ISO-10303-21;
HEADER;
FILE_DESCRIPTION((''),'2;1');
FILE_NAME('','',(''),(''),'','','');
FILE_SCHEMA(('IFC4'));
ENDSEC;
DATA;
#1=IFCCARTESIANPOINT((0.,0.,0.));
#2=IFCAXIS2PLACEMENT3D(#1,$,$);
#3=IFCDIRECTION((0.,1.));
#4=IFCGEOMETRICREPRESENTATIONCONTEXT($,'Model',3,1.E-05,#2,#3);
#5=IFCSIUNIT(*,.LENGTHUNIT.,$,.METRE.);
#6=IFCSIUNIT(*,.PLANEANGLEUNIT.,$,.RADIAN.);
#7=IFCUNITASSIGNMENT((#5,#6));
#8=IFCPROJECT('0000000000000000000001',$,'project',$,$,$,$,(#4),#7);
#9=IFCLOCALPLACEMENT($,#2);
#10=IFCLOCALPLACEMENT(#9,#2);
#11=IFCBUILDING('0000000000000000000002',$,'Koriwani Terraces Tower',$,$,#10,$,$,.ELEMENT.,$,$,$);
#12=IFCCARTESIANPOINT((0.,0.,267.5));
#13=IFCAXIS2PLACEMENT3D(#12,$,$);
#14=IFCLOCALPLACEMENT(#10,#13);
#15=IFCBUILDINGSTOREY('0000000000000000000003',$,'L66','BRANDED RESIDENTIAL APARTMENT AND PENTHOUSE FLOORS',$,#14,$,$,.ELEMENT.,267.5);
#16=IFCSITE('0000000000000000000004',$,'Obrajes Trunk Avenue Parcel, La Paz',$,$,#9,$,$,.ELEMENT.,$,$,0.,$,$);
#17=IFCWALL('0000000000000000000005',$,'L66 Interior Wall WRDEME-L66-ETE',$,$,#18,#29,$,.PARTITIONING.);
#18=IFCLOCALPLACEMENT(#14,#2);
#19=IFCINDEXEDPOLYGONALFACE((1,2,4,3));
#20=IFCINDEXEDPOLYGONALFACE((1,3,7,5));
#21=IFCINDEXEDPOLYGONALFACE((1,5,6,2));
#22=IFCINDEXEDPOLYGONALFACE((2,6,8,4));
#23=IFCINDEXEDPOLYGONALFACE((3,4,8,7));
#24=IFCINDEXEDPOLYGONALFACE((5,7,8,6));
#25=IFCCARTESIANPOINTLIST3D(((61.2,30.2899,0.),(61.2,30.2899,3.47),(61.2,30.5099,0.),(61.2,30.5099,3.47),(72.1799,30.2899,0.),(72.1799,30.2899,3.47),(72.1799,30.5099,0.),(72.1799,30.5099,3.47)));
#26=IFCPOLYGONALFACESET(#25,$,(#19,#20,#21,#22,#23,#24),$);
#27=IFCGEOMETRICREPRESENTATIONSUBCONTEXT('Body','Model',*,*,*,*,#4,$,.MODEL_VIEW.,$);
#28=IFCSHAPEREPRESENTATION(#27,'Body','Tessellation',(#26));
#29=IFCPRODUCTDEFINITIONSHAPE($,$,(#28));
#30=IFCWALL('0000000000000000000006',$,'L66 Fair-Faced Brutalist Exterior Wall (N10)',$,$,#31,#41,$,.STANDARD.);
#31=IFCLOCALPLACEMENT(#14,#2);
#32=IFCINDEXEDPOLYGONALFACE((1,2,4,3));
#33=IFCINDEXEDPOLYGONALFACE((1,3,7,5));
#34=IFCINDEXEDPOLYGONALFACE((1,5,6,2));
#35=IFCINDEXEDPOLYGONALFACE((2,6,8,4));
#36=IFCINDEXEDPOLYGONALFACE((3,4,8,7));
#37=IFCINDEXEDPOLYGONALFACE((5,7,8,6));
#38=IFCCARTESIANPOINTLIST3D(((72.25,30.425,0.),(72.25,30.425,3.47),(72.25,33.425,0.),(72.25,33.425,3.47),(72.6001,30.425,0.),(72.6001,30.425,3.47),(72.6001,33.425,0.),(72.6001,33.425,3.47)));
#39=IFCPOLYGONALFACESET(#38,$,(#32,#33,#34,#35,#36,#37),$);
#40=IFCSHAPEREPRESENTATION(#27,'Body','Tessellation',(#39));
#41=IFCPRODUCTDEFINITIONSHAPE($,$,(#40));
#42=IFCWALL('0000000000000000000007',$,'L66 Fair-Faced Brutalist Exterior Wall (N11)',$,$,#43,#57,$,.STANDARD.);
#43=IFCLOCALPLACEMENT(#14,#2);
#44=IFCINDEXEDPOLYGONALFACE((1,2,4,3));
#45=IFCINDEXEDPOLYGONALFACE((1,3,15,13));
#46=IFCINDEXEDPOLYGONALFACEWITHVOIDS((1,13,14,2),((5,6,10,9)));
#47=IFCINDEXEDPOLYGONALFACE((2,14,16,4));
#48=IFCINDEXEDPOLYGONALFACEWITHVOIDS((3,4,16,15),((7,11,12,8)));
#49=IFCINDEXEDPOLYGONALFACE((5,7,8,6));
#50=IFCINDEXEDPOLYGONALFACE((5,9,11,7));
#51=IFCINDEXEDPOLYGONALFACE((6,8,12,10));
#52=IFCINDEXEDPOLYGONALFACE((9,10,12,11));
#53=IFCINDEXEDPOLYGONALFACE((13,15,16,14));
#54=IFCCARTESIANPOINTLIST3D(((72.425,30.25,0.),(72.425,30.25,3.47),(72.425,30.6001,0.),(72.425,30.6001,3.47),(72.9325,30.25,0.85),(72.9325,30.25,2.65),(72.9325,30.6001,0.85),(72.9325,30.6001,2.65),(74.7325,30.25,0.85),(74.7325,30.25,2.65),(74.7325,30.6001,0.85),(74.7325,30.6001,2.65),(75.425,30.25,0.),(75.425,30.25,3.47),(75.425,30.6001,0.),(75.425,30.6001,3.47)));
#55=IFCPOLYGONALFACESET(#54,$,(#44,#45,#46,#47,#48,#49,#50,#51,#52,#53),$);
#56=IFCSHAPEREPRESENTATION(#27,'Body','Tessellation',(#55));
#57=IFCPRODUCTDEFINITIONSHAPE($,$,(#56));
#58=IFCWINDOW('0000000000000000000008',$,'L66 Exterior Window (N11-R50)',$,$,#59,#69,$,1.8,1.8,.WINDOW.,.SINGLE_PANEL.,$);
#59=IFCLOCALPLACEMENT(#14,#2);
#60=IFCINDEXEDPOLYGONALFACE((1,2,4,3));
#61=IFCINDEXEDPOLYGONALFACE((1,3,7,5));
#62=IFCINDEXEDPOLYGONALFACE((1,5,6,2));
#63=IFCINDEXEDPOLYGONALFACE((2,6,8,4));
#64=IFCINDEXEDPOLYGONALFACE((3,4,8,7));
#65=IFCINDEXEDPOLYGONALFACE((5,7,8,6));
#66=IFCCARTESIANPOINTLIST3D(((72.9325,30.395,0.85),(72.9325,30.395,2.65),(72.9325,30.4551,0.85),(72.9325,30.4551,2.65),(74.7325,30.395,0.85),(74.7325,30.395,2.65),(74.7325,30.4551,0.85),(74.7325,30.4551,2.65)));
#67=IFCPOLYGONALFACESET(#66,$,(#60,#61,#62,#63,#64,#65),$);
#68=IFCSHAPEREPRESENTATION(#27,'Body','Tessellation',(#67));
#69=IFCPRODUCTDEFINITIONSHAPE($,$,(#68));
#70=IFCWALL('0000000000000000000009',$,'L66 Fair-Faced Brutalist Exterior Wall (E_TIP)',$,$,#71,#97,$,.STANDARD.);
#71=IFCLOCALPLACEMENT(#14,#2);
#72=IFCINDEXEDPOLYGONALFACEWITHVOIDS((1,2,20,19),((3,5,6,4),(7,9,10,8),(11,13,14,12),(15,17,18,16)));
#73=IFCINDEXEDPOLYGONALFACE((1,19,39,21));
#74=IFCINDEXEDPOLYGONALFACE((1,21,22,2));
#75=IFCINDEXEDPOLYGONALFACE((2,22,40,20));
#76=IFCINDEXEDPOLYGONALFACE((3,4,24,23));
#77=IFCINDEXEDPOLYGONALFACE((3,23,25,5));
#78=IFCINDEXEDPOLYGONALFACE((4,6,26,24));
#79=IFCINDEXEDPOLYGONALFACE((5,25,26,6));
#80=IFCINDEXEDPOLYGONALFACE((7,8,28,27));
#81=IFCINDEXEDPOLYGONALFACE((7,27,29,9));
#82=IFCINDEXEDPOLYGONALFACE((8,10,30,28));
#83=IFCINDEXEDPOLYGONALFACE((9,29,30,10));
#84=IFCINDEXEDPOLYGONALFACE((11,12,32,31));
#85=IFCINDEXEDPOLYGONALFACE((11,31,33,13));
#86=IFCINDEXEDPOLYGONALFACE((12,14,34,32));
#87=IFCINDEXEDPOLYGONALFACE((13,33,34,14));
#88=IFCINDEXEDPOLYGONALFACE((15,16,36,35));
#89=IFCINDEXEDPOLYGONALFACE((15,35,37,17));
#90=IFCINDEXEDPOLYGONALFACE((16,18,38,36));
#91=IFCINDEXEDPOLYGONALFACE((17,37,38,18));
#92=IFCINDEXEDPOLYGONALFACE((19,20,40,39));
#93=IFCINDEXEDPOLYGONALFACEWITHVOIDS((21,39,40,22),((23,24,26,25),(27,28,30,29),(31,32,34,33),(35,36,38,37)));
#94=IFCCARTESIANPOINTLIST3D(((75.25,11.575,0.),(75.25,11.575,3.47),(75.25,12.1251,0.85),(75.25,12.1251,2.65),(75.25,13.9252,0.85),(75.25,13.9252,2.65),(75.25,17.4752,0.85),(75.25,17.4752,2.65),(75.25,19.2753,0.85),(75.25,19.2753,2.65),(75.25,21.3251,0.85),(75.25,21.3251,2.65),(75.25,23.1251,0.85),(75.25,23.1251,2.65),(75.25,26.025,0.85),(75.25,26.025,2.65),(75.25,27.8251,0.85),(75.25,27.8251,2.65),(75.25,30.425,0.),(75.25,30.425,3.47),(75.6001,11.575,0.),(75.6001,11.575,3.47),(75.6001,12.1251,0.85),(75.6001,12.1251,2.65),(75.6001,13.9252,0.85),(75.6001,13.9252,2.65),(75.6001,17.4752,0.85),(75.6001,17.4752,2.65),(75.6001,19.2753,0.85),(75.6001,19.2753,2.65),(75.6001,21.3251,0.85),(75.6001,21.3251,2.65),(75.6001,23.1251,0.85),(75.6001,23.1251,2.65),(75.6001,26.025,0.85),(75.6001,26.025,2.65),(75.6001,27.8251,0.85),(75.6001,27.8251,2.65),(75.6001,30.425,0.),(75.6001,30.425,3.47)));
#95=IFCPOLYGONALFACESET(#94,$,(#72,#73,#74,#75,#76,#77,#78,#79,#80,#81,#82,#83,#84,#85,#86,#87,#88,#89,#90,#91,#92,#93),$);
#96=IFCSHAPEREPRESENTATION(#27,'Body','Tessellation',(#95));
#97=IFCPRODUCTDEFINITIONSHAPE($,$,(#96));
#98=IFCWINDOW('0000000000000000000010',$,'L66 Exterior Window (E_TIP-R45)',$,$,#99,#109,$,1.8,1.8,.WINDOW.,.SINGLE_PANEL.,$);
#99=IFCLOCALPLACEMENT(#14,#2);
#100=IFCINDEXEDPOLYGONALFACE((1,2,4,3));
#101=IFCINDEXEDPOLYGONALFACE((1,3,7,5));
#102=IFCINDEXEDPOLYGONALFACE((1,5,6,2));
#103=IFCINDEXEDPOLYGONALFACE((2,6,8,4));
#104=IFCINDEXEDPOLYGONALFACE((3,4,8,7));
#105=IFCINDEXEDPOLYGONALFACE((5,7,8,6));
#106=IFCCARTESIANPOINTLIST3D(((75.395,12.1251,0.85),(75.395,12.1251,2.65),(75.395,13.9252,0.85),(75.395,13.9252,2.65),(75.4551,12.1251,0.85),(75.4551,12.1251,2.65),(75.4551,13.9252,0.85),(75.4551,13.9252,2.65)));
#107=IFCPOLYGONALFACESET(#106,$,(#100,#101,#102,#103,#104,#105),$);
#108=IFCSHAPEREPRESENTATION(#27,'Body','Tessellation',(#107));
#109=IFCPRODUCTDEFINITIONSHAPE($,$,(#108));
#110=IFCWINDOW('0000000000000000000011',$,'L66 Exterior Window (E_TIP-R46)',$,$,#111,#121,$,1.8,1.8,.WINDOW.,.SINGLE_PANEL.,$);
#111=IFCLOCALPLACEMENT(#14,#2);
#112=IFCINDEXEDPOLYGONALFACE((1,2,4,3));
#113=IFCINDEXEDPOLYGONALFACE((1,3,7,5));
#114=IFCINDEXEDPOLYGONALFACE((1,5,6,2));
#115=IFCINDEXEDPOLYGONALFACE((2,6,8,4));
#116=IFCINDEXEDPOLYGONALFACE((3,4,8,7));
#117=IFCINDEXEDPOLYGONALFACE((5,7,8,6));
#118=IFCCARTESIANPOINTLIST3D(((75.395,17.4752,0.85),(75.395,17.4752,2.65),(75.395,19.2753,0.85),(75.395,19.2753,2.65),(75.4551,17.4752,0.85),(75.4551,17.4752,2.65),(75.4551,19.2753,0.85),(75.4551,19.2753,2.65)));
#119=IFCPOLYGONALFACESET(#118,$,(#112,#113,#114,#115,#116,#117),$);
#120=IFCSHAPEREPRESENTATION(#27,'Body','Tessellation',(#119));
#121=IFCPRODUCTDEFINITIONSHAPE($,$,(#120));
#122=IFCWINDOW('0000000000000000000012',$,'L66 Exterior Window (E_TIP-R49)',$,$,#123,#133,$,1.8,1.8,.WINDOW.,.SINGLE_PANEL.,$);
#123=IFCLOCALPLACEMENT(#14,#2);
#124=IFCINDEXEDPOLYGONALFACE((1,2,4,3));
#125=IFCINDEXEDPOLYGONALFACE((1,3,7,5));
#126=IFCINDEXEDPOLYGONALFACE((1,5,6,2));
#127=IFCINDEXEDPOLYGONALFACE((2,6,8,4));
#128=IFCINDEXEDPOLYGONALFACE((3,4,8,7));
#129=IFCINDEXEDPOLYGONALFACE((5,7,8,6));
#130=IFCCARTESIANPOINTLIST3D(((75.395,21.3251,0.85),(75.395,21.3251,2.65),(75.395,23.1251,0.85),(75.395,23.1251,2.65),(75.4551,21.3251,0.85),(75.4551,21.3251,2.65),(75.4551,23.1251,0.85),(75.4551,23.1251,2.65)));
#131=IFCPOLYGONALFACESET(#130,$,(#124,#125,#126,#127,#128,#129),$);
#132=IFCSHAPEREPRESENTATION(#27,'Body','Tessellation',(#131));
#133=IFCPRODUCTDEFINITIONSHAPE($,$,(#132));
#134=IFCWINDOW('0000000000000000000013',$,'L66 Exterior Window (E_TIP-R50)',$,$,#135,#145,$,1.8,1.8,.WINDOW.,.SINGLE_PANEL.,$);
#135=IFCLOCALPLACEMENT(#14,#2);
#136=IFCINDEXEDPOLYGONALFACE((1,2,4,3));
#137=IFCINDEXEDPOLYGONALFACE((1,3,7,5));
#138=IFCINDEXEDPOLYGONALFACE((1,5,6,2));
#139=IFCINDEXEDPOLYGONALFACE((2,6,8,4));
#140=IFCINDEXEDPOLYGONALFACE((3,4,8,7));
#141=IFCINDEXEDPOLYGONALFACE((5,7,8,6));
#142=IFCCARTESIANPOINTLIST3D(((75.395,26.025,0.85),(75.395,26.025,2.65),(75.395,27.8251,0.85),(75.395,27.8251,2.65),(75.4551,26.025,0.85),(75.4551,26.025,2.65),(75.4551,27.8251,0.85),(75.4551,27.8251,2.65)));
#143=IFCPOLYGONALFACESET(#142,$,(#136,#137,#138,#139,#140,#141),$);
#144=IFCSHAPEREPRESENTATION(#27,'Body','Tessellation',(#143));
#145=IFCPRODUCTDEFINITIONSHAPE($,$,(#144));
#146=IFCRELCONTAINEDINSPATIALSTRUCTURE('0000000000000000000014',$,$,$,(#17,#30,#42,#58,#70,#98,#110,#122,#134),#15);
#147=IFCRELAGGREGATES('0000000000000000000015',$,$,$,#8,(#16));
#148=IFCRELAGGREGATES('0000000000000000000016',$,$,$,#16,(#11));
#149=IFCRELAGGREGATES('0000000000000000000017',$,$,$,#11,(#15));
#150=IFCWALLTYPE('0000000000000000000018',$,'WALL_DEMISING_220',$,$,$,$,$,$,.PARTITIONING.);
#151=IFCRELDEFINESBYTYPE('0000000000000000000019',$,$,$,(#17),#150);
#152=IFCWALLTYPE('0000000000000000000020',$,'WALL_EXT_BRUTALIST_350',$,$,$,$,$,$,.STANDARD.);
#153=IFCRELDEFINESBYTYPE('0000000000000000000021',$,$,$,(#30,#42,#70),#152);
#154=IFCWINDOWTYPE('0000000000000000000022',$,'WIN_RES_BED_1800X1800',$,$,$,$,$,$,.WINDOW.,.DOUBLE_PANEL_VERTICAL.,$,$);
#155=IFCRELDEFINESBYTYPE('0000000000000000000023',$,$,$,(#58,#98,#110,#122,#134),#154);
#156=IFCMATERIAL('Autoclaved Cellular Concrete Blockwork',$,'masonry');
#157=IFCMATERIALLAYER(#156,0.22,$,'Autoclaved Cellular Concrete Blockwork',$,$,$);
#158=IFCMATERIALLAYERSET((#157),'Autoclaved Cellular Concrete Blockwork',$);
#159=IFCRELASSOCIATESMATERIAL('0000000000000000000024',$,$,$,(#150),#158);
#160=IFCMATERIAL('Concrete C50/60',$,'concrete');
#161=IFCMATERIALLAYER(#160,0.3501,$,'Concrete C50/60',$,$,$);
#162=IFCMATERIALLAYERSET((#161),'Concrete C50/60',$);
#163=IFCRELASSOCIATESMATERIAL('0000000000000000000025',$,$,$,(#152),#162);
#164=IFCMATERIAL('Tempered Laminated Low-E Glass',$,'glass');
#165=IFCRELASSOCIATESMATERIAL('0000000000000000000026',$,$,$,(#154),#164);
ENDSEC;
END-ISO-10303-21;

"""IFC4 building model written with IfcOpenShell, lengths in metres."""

from ifc_helpers import new_model, si_unit, direction, frame, frame_2d, origin, place, context, subcontext, project, spatial, rectangle, extrude, material, layer, layer_set, type_object, element, fill, save


model = new_model("IFC4")

# Units and contexts
model_context = context("Model", 3, precision=1e-05, world=origin(), true_north=direction((0.0, 1.0)))
body_context = subcontext(model_context, "Body", "Model", "MODEL_VIEW")
ifc_project = project(units=[si_unit("LENGTHUNIT", "METRE"), si_unit("PLANEANGLEUNIT", "RADIAN")], contexts=[model_context])

# Site, building, storey
site_placement = place(None, origin())
site = spatial("IfcSite", under=ifc_project, at=site_placement, Name="Obrajes Trunk Avenue Parcel, La Paz", CompositionType="ELEMENT", RefElevation=0.0)
building_placement = place(site_placement, origin())
building = spatial("IfcBuilding", under=site, at=building_placement, Name="Koriwani Terraces Tower", CompositionType="ELEMENT")
storey_placement = place(building_placement, frame((0.0, 0.0, 267.5)))
storey = spatial("IfcBuildingStorey", under=building, at=storey_placement, Name="L66", Description="BRANDED RESIDENTIAL APARTMENT AND PENTHOUSE FLOORS", CompositionType="ELEMENT", Elevation=267.5)

# Shared definitions
ifc_material_1 = material(Name="Concrete C50/60", Category="concrete")

# Walls
ifc_material_2 = material(Name="Autoclaved Cellular Concrete Blockwork", Category="masonry")
ifc_layer_1 = layer(ifc_material_2, 0.22, Name="Autoclaved Cellular Concrete Blockwork")
ifc_layer_set_1 = layer_set([ifc_layer_1], Name="Autoclaved Cellular Concrete Blockwork")
wall_type_1 = type_object("IfcWallType", Name="WALL_DEMISING_220", PredefinedType="PARTITIONING", material=ifc_layer_set_1)
wall_1_placement = place(storey_placement, frame((61.2, 30.3999, 0.0), z_axis=(0.0, 0.0, 1.0), x_axis=(1.0, 0.0, 0.0)))
element("IfcWall", 1, at=wall_1_placement, inside=storey, type_object=wall_type_1, Name="L66 Interior Wall WRDEME-L66-ETE", PredefinedType="PARTITIONING", context=body_context, shape_type="SweptSolid", body=[
    extrude(rectangle(XDim=10.98, YDim=0.22, at=frame_2d((5.49, 0.0))), origin(), (0.0, 0.0, 1.0), 3.47),
])
ifc_layer_2 = layer(ifc_material_1, 0.3501, Name="Concrete C50/60")
ifc_layer_set_2 = layer_set([ifc_layer_2], Name="Concrete C50/60")
wall_type_2 = type_object("IfcWallType", Name="WALL_EXT_BRUTALIST_350", PredefinedType="STANDARD", material=ifc_layer_set_2)
wall_2_placement = place(storey_placement, frame((72.425, 33.425, 0.0), z_axis=(0.0, 0.0, 1.0), x_axis=(0.0, -1.0, 0.0)))
element("IfcWall", 2, at=wall_2_placement, inside=storey, type_object=wall_type_2, Name="L66 Fair-Faced Brutalist Exterior Wall (N10)", PredefinedType="STANDARD", context=body_context, shape_type="SweptSolid", body=[
    extrude(rectangle(XDim=3.0, YDim=0.3501, at=frame_2d((1.5, 0.0))), origin(), (0.0, 0.0, 1.0), 3.47),
])

# Wall, opening, window
wall_3_placement = place(storey_placement, frame((72.425, 30.425, 0.0), z_axis=(0.0, 0.0, 1.0), x_axis=(1.0, 0.0, 0.0)))
wall_3 = element("IfcWall", 3, at=wall_3_placement, inside=storey, type_object=wall_type_2, Name="L66 Fair-Faced Brutalist Exterior Wall (N11)", PredefinedType="STANDARD", context=body_context, shape_type="SweptSolid", body=[
    extrude(rectangle(XDim=3.0, YDim=0.3501, at=frame_2d((1.5, 0.0))), origin(), (0.0, 0.0, 1.0), 3.47),
])
opening_1_placement = place(wall_3_placement, frame((0.5076, 0.0, 0.8501)))
opening_1 = element("IfcOpeningElement", 4, at=opening_1_placement, cuts=wall_3, PredefinedType="OPENING", context=body_context, shape_type="SweptSolid", body=[
    extrude(rectangle(XDim=1.8, YDim=1.8, at=frame_2d((0.8999, 0.8999))), frame((0.0, 0.1851, 0.0), z_axis=(0.0, -1.0, 0.0), x_axis=(1.0, 0.0, 0.0)), (0.0, 0.0, 1.0), 0.3701),
])
ifc_material_3 = material(Name="Tempered Laminated Low-E Glass", Category="glass")
window_type = type_object("IfcWindowType", Name="WIN_RES_BED_1800X1800", PartitioningType="DOUBLE_PANEL_VERTICAL", PredefinedType="WINDOW", material=ifc_material_3)
window_1_placement = place(opening_1_placement, origin())
window_1 = element("IfcWindow", 5, at=window_1_placement, inside=storey, type_object=window_type, Name="L66 Exterior Window (N11-R50)", OverallHeight=1.8, OverallWidth=1.8, PartitioningType="SINGLE_PANEL", PredefinedType="WINDOW", context=body_context, shape_type="SweptSolid", body=[
    extrude(rectangle(XDim=1.8, YDim=1.8, at=frame_2d((0.8999, 0.8999))), frame((0.0, 0.03, 0.0), z_axis=(0.0, -1.0, 0.0), x_axis=(1.0, 0.0, 0.0)), (0.0, 0.0, 1.0), 0.0601),
])
fill(opening_1, window_1)

# Wall, openings, windows
wall_4_placement = place(storey_placement, frame((75.425, 30.425, 0.0), z_axis=(0.0, 0.0, 1.0), x_axis=(0.0, -1.0, 0.0)))
wall_4 = element("IfcWall", 6, at=wall_4_placement, inside=storey, type_object=wall_type_2, Name="L66 Fair-Faced Brutalist Exterior Wall (E_TIP)", PredefinedType="STANDARD", context=body_context, shape_type="SweptSolid", body=[
    extrude(rectangle(XDim=18.8501, YDim=0.3501, at=frame_2d((9.425, 0.0))), origin(), (0.0, 0.0, 1.0), 3.47),
])
opening_2_placement = place(wall_4_placement, frame((16.5, 0.0, 0.8501)))
opening_2 = element("IfcOpeningElement", 7, at=opening_2_placement, cuts=wall_4, PredefinedType="OPENING", context=body_context, shape_type="SweptSolid", body=[
    extrude(rectangle(XDim=1.8, YDim=1.8, at=frame_2d((0.8999, 0.8999))), frame((0.0, 0.1851, 0.0), z_axis=(0.0, -1.0, 0.0), x_axis=(1.0, 0.0, 0.0)), (0.0, 0.0, 1.0), 0.3701),
])
opening_3_placement = place(wall_4_placement, frame((11.1499, 0.0, 0.8501)))
opening_3 = element("IfcOpeningElement", 8, at=opening_3_placement, cuts=wall_4, PredefinedType="OPENING", context=body_context, shape_type="SweptSolid", body=[
    extrude(rectangle(XDim=1.8, YDim=1.8, at=frame_2d((0.8999, 0.8999))), frame((0.0, 0.1851, 0.0), z_axis=(0.0, -1.0, 0.0), x_axis=(1.0, 0.0, 0.0)), (0.0, 0.0, 1.0), 0.3701),
])
opening_4_placement = place(wall_4_placement, frame((7.3, 0.0, 0.8501)))
opening_4 = element("IfcOpeningElement", 9, at=opening_4_placement, cuts=wall_4, PredefinedType="OPENING", context=body_context, shape_type="SweptSolid", body=[
    extrude(rectangle(XDim=1.8, YDim=1.8, at=frame_2d((0.8999, 0.8999))), frame((0.0, 0.1851, 0.0), z_axis=(0.0, -1.0, 0.0), x_axis=(1.0, 0.0, 0.0)), (0.0, 0.0, 1.0), 0.3701),
])
opening_5_placement = place(wall_4_placement, frame((2.6001, 0.0, 0.8501)))
opening_5 = element("IfcOpeningElement", 10, at=opening_5_placement, cuts=wall_4, PredefinedType="OPENING", context=body_context, shape_type="SweptSolid", body=[
    extrude(rectangle(XDim=1.8, YDim=1.8, at=frame_2d((0.8999, 0.8999))), frame((0.0, 0.1851, 0.0), z_axis=(0.0, -1.0, 0.0), x_axis=(1.0, 0.0, 0.0)), (0.0, 0.0, 1.0), 0.3701),
])
window_2_placement = place(opening_2_placement, origin())
window_2 = element("IfcWindow", 11, at=window_2_placement, inside=storey, type_object=window_type, Name="L66 Exterior Window (E_TIP-R45)", OverallHeight=1.8, OverallWidth=1.8, PartitioningType="SINGLE_PANEL", PredefinedType="WINDOW", context=body_context, shape_type="SweptSolid", body=[
    extrude(rectangle(XDim=1.8, YDim=1.8, at=frame_2d((0.8999, 0.8999))), frame((0.0, 0.03, 0.0), z_axis=(0.0, -1.0, 0.0), x_axis=(1.0, 0.0, 0.0)), (0.0, 0.0, 1.0), 0.0601),
])
fill(opening_2, window_2)
window_3_placement = place(opening_3_placement, origin())
window_3 = element("IfcWindow", 12, at=window_3_placement, inside=storey, type_object=window_type, Name="L66 Exterior Window (E_TIP-R46)", OverallHeight=1.8, OverallWidth=1.8, PartitioningType="SINGLE_PANEL", PredefinedType="WINDOW", context=body_context, shape_type="SweptSolid", body=[
    extrude(rectangle(XDim=1.8, YDim=1.8, at=frame_2d((0.8999, 0.8999))), frame((0.0, 0.03, 0.0), z_axis=(0.0, -1.0, 0.0), x_axis=(1.0, 0.0, 0.0)), (0.0, 0.0, 1.0), 0.0601),
])
fill(opening_3, window_3)
window_4_placement = place(opening_4_placement, origin())
window_4 = element("IfcWindow", 13, at=window_4_placement, inside=storey, type_object=window_type, Name="L66 Exterior Window (E_TIP-R49)", OverallHeight=1.8, OverallWidth=1.8, PartitioningType="SINGLE_PANEL", PredefinedType="WINDOW", context=body_context, shape_type="SweptSolid", body=[
    extrude(rectangle(XDim=1.8, YDim=1.8, at=frame_2d((0.8999, 0.8999))), frame((0.0, 0.03, 0.0), z_axis=(0.0, -1.0, 0.0), x_axis=(1.0, 0.0, 0.0)), (0.0, 0.0, 1.0), 0.0601),
])
fill(opening_4, window_4)
window_5_placement = place(opening_5_placement, origin())
window_5 = element("IfcWindow", 14, at=window_5_placement, inside=storey, type_object=window_type, Name="L66 Exterior Window (E_TIP-R50)", OverallHeight=1.8, OverallWidth=1.8, PartitioningType="SINGLE_PANEL", PredefinedType="WINDOW", context=body_context, shape_type="SweptSolid", body=[
    extrude(rectangle(XDim=1.8, YDim=1.8, at=frame_2d((0.8999, 0.8999))), frame((0.0, 0.03, 0.0), z_axis=(0.0, -1.0, 0.0), x_axis=(1.0, 0.0, 0.0)), (0.0, 0.0, 1.0), 0.0601),
])
fill(opening_5, window_5)

save(model, "model.ifc")
